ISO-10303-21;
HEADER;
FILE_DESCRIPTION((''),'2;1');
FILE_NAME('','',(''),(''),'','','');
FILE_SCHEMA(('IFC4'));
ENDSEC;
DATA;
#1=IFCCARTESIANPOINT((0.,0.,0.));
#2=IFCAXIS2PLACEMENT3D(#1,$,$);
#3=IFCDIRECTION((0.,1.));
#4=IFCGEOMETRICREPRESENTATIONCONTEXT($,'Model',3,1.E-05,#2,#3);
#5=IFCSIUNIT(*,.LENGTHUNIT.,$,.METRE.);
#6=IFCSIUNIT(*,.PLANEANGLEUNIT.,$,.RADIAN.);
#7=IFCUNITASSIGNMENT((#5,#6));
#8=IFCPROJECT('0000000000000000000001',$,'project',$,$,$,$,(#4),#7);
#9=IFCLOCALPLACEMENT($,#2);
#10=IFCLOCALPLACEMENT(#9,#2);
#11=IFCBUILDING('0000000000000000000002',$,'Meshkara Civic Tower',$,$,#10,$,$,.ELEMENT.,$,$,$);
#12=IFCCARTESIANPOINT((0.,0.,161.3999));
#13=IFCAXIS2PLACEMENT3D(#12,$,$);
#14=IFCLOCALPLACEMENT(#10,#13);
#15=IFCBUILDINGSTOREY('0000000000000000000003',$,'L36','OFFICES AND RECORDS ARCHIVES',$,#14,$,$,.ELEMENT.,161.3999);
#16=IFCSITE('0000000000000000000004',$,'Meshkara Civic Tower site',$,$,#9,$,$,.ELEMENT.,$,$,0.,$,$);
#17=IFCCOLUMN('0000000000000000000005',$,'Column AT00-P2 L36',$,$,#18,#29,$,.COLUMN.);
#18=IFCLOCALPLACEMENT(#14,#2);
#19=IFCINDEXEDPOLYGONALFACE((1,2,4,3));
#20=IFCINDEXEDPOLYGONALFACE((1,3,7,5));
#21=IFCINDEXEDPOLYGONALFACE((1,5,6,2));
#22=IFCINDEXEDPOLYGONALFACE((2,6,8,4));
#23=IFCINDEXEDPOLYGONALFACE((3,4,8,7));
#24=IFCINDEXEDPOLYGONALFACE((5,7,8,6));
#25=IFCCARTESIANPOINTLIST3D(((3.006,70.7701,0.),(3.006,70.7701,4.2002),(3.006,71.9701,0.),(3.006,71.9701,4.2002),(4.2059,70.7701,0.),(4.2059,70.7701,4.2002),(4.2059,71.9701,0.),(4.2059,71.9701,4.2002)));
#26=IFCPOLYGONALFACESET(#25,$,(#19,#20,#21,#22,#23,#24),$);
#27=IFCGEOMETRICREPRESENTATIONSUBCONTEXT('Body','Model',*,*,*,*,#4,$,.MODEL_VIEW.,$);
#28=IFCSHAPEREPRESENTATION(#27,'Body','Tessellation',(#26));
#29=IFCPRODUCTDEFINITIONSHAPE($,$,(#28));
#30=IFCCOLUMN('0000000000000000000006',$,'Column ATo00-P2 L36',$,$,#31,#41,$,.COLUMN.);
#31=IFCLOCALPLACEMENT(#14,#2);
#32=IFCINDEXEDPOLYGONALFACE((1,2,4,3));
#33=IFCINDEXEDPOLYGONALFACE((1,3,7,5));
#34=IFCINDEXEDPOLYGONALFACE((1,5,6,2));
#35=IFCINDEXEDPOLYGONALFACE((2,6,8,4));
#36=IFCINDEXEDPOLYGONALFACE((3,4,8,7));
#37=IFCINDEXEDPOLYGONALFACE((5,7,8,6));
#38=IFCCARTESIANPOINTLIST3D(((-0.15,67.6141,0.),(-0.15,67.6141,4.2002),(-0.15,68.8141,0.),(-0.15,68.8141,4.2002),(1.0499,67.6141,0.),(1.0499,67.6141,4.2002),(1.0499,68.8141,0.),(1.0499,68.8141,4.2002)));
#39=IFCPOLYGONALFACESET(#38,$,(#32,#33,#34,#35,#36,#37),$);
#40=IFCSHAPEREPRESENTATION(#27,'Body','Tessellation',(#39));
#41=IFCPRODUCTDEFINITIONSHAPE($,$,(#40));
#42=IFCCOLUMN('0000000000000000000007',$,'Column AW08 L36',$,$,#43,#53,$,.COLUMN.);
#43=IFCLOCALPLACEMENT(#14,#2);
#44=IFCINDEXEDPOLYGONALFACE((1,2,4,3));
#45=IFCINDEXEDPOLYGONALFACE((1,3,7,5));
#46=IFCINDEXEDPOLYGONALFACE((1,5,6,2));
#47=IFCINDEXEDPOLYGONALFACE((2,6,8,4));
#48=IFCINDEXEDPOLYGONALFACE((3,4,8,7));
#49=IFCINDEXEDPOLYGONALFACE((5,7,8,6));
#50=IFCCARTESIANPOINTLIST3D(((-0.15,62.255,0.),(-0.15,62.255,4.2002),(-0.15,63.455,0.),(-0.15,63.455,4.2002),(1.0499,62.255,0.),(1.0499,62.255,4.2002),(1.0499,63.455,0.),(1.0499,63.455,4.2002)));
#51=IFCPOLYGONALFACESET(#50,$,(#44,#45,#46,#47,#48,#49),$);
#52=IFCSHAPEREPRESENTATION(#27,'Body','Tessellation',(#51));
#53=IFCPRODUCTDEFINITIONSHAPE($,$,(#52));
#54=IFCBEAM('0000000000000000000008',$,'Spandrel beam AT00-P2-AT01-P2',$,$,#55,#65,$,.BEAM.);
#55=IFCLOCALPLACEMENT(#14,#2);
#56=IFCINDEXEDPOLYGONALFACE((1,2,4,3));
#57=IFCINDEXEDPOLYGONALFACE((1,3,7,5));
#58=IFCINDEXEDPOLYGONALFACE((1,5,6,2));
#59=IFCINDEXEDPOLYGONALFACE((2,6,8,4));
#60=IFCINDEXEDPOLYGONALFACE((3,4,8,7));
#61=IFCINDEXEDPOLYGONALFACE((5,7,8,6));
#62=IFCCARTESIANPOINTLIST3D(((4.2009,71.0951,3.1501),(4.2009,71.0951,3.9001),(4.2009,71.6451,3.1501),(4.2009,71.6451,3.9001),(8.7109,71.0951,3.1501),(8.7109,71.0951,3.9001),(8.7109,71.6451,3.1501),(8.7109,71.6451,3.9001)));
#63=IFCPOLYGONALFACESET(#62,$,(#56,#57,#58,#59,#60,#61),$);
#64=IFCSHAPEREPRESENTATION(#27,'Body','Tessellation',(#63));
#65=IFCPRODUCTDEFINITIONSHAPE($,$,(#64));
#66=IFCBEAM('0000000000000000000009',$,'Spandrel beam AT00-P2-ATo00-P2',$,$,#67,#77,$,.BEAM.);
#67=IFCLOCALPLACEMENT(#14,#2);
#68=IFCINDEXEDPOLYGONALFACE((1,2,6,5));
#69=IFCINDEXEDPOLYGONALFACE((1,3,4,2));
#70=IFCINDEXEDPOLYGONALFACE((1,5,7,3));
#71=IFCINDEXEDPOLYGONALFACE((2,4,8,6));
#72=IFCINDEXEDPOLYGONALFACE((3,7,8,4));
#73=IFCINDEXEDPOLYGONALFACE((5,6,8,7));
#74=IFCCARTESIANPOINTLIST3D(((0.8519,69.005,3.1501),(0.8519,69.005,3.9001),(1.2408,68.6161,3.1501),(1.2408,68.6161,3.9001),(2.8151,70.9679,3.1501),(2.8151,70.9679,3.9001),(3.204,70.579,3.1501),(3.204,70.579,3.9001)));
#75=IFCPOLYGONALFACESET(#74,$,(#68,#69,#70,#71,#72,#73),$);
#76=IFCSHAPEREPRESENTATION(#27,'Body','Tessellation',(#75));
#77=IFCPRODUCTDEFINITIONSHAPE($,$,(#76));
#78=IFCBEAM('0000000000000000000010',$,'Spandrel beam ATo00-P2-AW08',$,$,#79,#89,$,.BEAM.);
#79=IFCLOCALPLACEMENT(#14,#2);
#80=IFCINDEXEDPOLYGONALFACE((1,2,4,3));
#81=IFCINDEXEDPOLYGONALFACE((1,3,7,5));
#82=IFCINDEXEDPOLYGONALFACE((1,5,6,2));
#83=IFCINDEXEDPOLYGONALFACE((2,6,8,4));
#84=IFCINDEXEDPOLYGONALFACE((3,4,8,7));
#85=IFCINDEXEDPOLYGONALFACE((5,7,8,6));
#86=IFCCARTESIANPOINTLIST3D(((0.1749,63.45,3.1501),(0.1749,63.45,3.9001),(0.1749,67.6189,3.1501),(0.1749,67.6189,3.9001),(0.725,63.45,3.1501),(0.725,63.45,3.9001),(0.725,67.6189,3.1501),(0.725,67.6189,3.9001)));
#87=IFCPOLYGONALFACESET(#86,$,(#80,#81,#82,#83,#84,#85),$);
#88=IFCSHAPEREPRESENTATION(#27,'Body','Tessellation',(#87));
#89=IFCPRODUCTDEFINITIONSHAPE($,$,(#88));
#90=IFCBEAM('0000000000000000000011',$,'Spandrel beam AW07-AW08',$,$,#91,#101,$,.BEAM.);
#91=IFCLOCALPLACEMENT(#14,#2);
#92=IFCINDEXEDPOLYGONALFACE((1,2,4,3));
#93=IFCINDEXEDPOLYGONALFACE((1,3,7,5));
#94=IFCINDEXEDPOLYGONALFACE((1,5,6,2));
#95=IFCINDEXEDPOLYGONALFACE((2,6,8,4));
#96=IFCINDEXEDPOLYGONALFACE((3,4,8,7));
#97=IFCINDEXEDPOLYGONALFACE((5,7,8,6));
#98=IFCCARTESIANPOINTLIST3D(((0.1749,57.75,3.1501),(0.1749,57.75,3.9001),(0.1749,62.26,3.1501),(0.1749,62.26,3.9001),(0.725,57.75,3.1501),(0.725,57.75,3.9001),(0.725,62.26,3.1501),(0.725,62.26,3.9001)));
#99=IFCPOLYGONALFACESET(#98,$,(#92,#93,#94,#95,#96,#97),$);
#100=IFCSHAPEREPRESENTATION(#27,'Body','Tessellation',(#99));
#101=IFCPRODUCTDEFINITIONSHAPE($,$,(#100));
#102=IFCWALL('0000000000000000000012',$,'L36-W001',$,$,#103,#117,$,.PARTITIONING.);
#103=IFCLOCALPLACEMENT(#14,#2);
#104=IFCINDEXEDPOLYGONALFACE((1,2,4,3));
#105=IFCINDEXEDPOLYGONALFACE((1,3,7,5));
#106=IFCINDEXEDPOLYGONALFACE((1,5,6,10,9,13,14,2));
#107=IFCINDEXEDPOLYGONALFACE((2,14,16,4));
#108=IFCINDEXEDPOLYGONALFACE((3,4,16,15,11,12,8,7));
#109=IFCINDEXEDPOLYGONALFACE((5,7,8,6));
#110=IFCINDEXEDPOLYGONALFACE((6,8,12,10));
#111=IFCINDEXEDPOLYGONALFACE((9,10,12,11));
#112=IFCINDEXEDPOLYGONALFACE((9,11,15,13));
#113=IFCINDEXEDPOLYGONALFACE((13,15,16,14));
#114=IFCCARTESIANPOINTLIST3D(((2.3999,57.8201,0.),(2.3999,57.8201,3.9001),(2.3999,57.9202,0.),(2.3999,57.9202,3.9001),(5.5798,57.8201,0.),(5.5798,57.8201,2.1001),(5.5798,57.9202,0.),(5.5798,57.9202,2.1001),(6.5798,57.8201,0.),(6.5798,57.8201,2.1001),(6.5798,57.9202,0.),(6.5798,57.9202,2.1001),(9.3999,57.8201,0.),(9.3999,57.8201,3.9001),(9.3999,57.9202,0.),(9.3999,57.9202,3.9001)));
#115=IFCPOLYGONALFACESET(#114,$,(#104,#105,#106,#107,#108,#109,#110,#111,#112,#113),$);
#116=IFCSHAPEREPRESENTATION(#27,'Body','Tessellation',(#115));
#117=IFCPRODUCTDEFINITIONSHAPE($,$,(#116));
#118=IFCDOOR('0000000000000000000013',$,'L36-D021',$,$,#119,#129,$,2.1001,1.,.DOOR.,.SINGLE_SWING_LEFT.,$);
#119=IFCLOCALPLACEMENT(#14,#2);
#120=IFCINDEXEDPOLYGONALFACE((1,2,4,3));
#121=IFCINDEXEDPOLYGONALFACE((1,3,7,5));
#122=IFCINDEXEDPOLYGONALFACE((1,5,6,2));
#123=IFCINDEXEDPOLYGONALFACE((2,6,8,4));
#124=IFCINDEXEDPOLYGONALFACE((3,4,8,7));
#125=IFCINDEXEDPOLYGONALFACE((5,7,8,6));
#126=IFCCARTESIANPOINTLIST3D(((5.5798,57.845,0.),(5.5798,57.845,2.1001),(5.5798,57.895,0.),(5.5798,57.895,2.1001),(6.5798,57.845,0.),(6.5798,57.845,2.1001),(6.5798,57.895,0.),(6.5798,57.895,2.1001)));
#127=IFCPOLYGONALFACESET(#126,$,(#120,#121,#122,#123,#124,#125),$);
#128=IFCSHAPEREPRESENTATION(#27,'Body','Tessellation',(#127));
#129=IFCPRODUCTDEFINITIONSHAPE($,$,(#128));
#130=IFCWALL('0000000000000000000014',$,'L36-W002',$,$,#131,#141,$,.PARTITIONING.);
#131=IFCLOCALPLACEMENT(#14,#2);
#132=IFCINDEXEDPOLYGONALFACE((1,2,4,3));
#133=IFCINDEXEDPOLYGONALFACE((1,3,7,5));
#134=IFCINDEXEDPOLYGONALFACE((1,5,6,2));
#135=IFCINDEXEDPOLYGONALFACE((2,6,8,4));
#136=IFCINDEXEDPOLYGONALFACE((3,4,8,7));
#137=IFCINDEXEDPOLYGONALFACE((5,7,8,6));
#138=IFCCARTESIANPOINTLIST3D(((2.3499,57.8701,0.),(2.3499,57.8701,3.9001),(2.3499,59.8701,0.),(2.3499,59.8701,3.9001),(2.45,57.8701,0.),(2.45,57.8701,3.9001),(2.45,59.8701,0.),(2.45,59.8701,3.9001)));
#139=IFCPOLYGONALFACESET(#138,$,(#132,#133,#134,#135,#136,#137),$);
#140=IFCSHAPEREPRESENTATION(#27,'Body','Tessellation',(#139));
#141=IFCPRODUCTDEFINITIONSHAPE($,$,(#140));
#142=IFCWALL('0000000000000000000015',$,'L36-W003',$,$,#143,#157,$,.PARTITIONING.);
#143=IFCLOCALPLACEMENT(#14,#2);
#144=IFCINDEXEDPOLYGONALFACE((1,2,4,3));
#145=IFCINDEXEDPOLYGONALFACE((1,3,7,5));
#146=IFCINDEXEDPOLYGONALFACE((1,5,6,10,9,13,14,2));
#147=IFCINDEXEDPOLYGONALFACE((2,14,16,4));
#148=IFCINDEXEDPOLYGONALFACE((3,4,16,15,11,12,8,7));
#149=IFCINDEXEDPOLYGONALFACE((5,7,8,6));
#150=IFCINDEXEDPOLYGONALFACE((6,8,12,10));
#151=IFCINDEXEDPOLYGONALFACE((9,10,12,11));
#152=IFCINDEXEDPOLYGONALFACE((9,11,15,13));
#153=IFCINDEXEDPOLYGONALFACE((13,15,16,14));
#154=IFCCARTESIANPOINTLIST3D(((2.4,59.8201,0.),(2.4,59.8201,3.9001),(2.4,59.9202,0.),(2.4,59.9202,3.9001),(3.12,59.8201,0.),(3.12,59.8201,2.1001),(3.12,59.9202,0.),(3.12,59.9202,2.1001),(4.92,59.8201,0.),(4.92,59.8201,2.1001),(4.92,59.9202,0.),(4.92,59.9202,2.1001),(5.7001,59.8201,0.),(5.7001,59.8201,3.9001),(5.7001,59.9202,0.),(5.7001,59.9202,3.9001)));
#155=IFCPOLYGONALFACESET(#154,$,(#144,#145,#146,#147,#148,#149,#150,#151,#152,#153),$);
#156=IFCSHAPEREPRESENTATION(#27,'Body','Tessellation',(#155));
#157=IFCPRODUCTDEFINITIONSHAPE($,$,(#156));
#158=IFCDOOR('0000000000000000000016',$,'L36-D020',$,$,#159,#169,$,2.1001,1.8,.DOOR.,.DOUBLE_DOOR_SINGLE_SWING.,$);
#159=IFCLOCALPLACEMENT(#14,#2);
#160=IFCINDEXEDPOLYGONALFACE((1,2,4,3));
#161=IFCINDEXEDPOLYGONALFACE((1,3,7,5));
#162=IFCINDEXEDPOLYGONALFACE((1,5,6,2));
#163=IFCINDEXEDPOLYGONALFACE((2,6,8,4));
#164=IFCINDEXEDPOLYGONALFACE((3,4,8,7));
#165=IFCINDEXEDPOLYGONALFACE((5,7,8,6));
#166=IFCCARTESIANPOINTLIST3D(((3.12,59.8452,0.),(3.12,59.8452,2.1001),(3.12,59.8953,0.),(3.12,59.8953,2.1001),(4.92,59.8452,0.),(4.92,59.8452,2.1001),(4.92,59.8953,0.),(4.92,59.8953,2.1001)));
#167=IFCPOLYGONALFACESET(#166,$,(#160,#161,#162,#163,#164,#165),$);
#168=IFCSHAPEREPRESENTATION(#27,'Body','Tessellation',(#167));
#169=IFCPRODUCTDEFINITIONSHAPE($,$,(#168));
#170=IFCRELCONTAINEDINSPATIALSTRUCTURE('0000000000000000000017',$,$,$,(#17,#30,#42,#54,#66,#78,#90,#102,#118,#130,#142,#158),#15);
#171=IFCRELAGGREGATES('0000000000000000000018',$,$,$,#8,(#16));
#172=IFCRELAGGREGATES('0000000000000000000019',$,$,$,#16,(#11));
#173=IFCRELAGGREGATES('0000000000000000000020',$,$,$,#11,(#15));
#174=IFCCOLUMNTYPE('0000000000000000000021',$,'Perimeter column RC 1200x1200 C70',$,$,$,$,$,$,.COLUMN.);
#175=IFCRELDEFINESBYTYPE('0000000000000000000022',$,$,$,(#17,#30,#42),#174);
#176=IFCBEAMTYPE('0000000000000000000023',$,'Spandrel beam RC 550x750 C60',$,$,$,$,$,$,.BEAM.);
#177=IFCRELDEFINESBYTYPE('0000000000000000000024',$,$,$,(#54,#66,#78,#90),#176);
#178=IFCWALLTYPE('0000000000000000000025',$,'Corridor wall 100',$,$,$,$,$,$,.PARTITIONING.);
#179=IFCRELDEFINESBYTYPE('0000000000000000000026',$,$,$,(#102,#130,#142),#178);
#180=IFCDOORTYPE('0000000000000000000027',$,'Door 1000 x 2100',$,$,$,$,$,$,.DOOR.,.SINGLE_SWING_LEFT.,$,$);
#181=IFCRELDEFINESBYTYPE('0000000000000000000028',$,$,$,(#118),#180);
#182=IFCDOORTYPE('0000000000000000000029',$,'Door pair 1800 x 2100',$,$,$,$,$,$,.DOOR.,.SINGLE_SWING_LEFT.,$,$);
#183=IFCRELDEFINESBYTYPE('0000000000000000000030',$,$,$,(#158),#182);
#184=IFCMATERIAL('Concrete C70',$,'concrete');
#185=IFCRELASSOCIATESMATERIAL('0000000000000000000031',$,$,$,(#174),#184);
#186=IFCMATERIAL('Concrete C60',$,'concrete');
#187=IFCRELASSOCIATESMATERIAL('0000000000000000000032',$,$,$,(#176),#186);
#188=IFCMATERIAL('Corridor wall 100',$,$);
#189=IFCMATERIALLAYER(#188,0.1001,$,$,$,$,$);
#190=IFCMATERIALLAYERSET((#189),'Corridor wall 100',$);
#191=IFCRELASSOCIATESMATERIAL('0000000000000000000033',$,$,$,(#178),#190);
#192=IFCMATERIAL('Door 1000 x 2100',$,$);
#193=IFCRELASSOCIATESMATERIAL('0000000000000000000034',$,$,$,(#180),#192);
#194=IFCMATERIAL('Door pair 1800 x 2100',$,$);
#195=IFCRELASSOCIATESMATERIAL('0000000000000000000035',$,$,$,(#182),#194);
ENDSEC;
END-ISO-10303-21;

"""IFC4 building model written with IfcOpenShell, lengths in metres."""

from ifc_helpers import new_model, si_unit, direction, frame, frame_2d, origin, origin_2d, place, context, subcontext, project, spatial, rectangle, extrude, material, layer, layer_set, material_profile, profile_set, type_object, element, fill, save


model = new_model("IFC4")

# Units and contexts
model_context = context("Model", 3, precision=1e-05, world=origin(), true_north=direction((0.0, 1.0)))
body_context = subcontext(model_context, "Body", "Model", "MODEL_VIEW")
ifc_project = project(units=[si_unit("LENGTHUNIT", "METRE"), si_unit("PLANEANGLEUNIT", "RADIAN")], contexts=[model_context])

# Site, building, storey
site_placement = place(None, origin())
site = spatial("IfcSite", under=ifc_project, at=site_placement, Name="Meshkara Civic Tower site", CompositionType="ELEMENT", RefElevation=0.0)
building_placement = place(site_placement, origin())
building = spatial("IfcBuilding", under=site, at=building_placement, Name="Meshkara Civic Tower", CompositionType="ELEMENT")
storey_placement = place(building_placement, frame((0.0, 0.0, 161.3999)))
storey = spatial("IfcBuildingStorey", under=building, at=storey_placement, Name="L36", Description="OFFICES AND RECORDS ARCHIVES", CompositionType="ELEMENT", Elevation=161.3999)

# Columns
ifc_material_1 = material(Name="Concrete C70", Category="concrete")
ifc_material_profile_1 = material_profile(ifc_material_1, rectangle(XDim=1.2, YDim=1.2, at=origin_2d()))
ifc_profile_set_1 = profile_set([ifc_material_profile_1], Name="Concrete C70")
column_type = type_object("IfcColumnType", Name="Perimeter column RC 1200x1200 C70", PredefinedType="COLUMN", material=ifc_profile_set_1)
for number, where, z_axis, x_axis, name in (
    (1, (3.606, 71.3701, 0.0), (0.0, 0.0, 1.0), (1.0, 0.0, 0.0), "Column AT00-P2 L36"),
    (2, (0.45, 68.2141, 0.0), (0.0, 0.0, 1.0), (1.0, 0.0, 0.0), "Column ATo00-P2 L36"),
    (3, (0.45, 62.855, 0.0), (0.0, 0.0, 1.0), (1.0, 0.0, 0.0), "Column AW08 L36"),
):
    element("IfcColumn", number, at=place(storey_placement, frame(where, z_axis=z_axis, x_axis=x_axis)), inside=storey, type_object=column_type, Name=name, PredefinedType="COLUMN", context=body_context, shape_type="SweptSolid", body=[
        extrude(rectangle(XDim=1.2, YDim=1.2, at=origin_2d()), origin(), (0.0, 0.0, 1.0), 4.2002),
    ])

# Beams
ifc_material_2 = material(Name="Concrete C60", Category="concrete")
ifc_material_profile_2 = material_profile(ifc_material_2, rectangle(XDim=0.55, YDim=0.75, at=origin_2d()))
ifc_profile_set_2 = profile_set([ifc_material_profile_2], Name="Concrete C60")
beam_type = type_object("IfcBeamType", Name="Spandrel beam RC 550x750 C60", PredefinedType="BEAM", material=ifc_profile_set_2)
beam_1_placement = place(storey_placement, frame((8.7109, 71.3701, 3.5251), z_axis=(-1.0, 0.0, 0.0), x_axis=(0.0, -1.0, 0.0)))
element("IfcBeam", 4, at=beam_1_placement, inside=storey, type_object=beam_type, Name="Spandrel beam AT00-P2-AT01-P2", PredefinedType="BEAM", context=body_context, shape_type="SweptSolid", body=[
    extrude(rectangle(XDim=0.55, YDim=0.75, at=origin_2d()), origin(), (0.0, 0.0, 1.0), 4.51),
])
beam_2_placement = place(storey_placement, frame((3.0095, 70.7734, 3.5251), z_axis=(-0.707151, -0.707063, 0.0), x_axis=(0.707063, -0.707151, 0.0)))
element("IfcBeam", 5, at=beam_2_placement, inside=storey, type_object=beam_type, Name="Spandrel beam AT00-P2-ATo00-P2", PredefinedType="BEAM", context=body_context, shape_type="SweptSolid", body=[
    extrude(rectangle(XDim=0.55, YDim=0.75, at=origin_2d()), origin(), (0.0, 0.0, 1.0), 2.7761),
])
beam_3_placement = place(storey_placement, frame((0.45, 67.6189, 3.5251), z_axis=(0.0, -1.0, 0.0), x_axis=(1.0, 0.0, 0.0)))
element("IfcBeam", 6, at=beam_3_placement, inside=storey, type_object=beam_type, Name="Spandrel beam ATo00-P2-AW08", PredefinedType="BEAM", context=body_context, shape_type="SweptSolid", body=[
    extrude(rectangle(XDim=0.55, YDim=0.75, at=origin_2d()), origin(), (0.0, 0.0, 1.0), 4.1689),
])
beam_4_placement = place(storey_placement, frame((0.45, 62.26, 3.5251), z_axis=(0.0, -1.0, 0.0), x_axis=(1.0, 0.0, 0.0)))
element("IfcBeam", 7, at=beam_4_placement, inside=storey, type_object=beam_type, Name="Spandrel beam AW07-AW08", PredefinedType="BEAM", context=body_context, shape_type="SweptSolid", body=[
    extrude(rectangle(XDim=0.55, YDim=0.75, at=origin_2d()), origin(), (0.0, 0.0, 1.0), 4.51),
])

# Wall, opening, door
ifc_material_3 = material(Name="Corridor wall 100")
ifc_layer_1 = layer(ifc_material_3, 0.1001)
ifc_layer_set_1 = layer_set([ifc_layer_1], Name="Corridor wall 100")
wall_type_1 = type_object("IfcWallType", Name="Corridor wall 100", PredefinedType="PARTITIONING", material=ifc_layer_set_1)
wall_1_placement = place(storey_placement, frame((2.3999, 57.8701, 0.0), z_axis=(0.0, 0.0, 1.0), x_axis=(1.0, 0.0, 0.0)))
wall_1 = element("IfcWall", 8, at=wall_1_placement, inside=storey, type_object=wall_type_1, Name="L36-W001", PredefinedType="PARTITIONING", context=body_context, shape_type="SweptSolid", body=[
    extrude(rectangle(XDim=7.0, YDim=0.1001, at=frame_2d((3.5, 0.0))), origin(), (0.0, 0.0, 1.0), 3.9001),
])
opening_1_placement = place(wall_1_placement, frame((3.1799, 0.0, 0.0)))
opening_1 = element("IfcOpeningElement", 9, at=opening_1_placement, cuts=wall_1, PredefinedType="OPENING", context=body_context, shape_type="SweptSolid", body=[
    extrude(rectangle(XDim=1.0, YDim=2.1001, at=frame_2d((0.5, 1.05))), frame((0.0, 0.0601, 0.0), z_axis=(0.0, -1.0, 0.0), x_axis=(1.0, 0.0, 0.0)), (0.0, 0.0, 1.0), 0.1201),
])
ifc_material_4 = material(Name="Door 1000 x 2100")
door_type_1 = type_object("IfcDoorType", Name="Door 1000 x 2100", OperationType="SINGLE_SWING_LEFT", PredefinedType="DOOR", material=ifc_material_4)
door_1_placement = place(opening_1_placement, origin())
door_1 = element("IfcDoor", 10, at=door_1_placement, inside=storey, type_object=door_type_1, Name="L36-D021", OperationType="SINGLE_SWING_LEFT", OverallHeight=2.1001, OverallWidth=1.0, PredefinedType="DOOR", context=body_context, shape_type="SweptSolid", body=[
    extrude(rectangle(XDim=1.0, YDim=2.1001, at=frame_2d((0.5, 1.05))), frame((0.0, 0.0249, 0.0), z_axis=(0.0, -1.0, 0.0), x_axis=(1.0, 0.0, 0.0)), (0.0, 0.0, 1.0), 0.05),
])
fill(opening_1, door_1)

# Wall
wall_2_placement = place(storey_placement, frame((2.3999, 59.8701, 0.0), z_axis=(0.0, 0.0, 1.0), x_axis=(0.0, -1.0, 0.0)))
element("IfcWall", 11, at=wall_2_placement, inside=storey, type_object=wall_type_1, Name="L36-W002", PredefinedType="PARTITIONING", context=body_context, shape_type="SweptSolid", body=[
    extrude(rectangle(XDim=2.0, YDim=0.1001, at=frame_2d((1.0, 0.0))), origin(), (0.0, 0.0, 1.0), 3.9001),
])

# Wall, opening, door
wall_3_placement = place(storey_placement, frame((5.7, 59.8701, 0.0), z_axis=(0.0, 0.0, 1.0), x_axis=(-1.0, 0.0, 0.0)))
wall_3 = element("IfcWall", 12, at=wall_3_placement, inside=storey, type_object=wall_type_1, Name="L36-W003", PredefinedType="PARTITIONING", context=body_context, shape_type="SweptSolid", body=[
    extrude(rectangle(XDim=3.3, YDim=0.1001, at=frame_2d((1.6499, 0.0))), origin(), (0.0, 0.0, 1.0), 3.9001),
])
opening_2_placement = place(wall_3_placement, frame((0.78, 0.0, 0.0)))
opening_2 = element("IfcOpeningElement", 13, at=opening_2_placement, cuts=wall_3, PredefinedType="OPENING", context=body_context, shape_type="SweptSolid", body=[
    extrude(rectangle(XDim=1.8, YDim=2.1001, at=frame_2d((0.8999, 1.05))), frame((0.0, 0.0601, 0.0), z_axis=(0.0, -1.0, 0.0), x_axis=(1.0, 0.0, 0.0)), (0.0, 0.0, 1.0), 0.1201),
])
ifc_material_5 = material(Name="Door pair 1800 x 2100")
door_type_2 = type_object("IfcDoorType", Name="Door pair 1800 x 2100", OperationType="SINGLE_SWING_LEFT", PredefinedType="DOOR", material=ifc_material_5)
door_2_placement = place(opening_2_placement, origin())
door_2 = element("IfcDoor", 14, at=door_2_placement, inside=storey, type_object=door_type_2, Name="L36-D020", OperationType="DOUBLE_DOOR_SINGLE_SWING", OverallHeight=2.1001, OverallWidth=1.8, PredefinedType="DOOR", context=body_context, shape_type="SweptSolid", body=[
    extrude(rectangle(XDim=1.8, YDim=2.1001, at=frame_2d((0.8999, 1.05))), frame((0.0, 0.0249, 0.0), z_axis=(0.0, -1.0, 0.0), x_axis=(1.0, 0.0, 0.0)), (0.0, 0.0, 1.0), 0.05),
])
fill(opening_2, door_2)

save(model, "model.ifc")
